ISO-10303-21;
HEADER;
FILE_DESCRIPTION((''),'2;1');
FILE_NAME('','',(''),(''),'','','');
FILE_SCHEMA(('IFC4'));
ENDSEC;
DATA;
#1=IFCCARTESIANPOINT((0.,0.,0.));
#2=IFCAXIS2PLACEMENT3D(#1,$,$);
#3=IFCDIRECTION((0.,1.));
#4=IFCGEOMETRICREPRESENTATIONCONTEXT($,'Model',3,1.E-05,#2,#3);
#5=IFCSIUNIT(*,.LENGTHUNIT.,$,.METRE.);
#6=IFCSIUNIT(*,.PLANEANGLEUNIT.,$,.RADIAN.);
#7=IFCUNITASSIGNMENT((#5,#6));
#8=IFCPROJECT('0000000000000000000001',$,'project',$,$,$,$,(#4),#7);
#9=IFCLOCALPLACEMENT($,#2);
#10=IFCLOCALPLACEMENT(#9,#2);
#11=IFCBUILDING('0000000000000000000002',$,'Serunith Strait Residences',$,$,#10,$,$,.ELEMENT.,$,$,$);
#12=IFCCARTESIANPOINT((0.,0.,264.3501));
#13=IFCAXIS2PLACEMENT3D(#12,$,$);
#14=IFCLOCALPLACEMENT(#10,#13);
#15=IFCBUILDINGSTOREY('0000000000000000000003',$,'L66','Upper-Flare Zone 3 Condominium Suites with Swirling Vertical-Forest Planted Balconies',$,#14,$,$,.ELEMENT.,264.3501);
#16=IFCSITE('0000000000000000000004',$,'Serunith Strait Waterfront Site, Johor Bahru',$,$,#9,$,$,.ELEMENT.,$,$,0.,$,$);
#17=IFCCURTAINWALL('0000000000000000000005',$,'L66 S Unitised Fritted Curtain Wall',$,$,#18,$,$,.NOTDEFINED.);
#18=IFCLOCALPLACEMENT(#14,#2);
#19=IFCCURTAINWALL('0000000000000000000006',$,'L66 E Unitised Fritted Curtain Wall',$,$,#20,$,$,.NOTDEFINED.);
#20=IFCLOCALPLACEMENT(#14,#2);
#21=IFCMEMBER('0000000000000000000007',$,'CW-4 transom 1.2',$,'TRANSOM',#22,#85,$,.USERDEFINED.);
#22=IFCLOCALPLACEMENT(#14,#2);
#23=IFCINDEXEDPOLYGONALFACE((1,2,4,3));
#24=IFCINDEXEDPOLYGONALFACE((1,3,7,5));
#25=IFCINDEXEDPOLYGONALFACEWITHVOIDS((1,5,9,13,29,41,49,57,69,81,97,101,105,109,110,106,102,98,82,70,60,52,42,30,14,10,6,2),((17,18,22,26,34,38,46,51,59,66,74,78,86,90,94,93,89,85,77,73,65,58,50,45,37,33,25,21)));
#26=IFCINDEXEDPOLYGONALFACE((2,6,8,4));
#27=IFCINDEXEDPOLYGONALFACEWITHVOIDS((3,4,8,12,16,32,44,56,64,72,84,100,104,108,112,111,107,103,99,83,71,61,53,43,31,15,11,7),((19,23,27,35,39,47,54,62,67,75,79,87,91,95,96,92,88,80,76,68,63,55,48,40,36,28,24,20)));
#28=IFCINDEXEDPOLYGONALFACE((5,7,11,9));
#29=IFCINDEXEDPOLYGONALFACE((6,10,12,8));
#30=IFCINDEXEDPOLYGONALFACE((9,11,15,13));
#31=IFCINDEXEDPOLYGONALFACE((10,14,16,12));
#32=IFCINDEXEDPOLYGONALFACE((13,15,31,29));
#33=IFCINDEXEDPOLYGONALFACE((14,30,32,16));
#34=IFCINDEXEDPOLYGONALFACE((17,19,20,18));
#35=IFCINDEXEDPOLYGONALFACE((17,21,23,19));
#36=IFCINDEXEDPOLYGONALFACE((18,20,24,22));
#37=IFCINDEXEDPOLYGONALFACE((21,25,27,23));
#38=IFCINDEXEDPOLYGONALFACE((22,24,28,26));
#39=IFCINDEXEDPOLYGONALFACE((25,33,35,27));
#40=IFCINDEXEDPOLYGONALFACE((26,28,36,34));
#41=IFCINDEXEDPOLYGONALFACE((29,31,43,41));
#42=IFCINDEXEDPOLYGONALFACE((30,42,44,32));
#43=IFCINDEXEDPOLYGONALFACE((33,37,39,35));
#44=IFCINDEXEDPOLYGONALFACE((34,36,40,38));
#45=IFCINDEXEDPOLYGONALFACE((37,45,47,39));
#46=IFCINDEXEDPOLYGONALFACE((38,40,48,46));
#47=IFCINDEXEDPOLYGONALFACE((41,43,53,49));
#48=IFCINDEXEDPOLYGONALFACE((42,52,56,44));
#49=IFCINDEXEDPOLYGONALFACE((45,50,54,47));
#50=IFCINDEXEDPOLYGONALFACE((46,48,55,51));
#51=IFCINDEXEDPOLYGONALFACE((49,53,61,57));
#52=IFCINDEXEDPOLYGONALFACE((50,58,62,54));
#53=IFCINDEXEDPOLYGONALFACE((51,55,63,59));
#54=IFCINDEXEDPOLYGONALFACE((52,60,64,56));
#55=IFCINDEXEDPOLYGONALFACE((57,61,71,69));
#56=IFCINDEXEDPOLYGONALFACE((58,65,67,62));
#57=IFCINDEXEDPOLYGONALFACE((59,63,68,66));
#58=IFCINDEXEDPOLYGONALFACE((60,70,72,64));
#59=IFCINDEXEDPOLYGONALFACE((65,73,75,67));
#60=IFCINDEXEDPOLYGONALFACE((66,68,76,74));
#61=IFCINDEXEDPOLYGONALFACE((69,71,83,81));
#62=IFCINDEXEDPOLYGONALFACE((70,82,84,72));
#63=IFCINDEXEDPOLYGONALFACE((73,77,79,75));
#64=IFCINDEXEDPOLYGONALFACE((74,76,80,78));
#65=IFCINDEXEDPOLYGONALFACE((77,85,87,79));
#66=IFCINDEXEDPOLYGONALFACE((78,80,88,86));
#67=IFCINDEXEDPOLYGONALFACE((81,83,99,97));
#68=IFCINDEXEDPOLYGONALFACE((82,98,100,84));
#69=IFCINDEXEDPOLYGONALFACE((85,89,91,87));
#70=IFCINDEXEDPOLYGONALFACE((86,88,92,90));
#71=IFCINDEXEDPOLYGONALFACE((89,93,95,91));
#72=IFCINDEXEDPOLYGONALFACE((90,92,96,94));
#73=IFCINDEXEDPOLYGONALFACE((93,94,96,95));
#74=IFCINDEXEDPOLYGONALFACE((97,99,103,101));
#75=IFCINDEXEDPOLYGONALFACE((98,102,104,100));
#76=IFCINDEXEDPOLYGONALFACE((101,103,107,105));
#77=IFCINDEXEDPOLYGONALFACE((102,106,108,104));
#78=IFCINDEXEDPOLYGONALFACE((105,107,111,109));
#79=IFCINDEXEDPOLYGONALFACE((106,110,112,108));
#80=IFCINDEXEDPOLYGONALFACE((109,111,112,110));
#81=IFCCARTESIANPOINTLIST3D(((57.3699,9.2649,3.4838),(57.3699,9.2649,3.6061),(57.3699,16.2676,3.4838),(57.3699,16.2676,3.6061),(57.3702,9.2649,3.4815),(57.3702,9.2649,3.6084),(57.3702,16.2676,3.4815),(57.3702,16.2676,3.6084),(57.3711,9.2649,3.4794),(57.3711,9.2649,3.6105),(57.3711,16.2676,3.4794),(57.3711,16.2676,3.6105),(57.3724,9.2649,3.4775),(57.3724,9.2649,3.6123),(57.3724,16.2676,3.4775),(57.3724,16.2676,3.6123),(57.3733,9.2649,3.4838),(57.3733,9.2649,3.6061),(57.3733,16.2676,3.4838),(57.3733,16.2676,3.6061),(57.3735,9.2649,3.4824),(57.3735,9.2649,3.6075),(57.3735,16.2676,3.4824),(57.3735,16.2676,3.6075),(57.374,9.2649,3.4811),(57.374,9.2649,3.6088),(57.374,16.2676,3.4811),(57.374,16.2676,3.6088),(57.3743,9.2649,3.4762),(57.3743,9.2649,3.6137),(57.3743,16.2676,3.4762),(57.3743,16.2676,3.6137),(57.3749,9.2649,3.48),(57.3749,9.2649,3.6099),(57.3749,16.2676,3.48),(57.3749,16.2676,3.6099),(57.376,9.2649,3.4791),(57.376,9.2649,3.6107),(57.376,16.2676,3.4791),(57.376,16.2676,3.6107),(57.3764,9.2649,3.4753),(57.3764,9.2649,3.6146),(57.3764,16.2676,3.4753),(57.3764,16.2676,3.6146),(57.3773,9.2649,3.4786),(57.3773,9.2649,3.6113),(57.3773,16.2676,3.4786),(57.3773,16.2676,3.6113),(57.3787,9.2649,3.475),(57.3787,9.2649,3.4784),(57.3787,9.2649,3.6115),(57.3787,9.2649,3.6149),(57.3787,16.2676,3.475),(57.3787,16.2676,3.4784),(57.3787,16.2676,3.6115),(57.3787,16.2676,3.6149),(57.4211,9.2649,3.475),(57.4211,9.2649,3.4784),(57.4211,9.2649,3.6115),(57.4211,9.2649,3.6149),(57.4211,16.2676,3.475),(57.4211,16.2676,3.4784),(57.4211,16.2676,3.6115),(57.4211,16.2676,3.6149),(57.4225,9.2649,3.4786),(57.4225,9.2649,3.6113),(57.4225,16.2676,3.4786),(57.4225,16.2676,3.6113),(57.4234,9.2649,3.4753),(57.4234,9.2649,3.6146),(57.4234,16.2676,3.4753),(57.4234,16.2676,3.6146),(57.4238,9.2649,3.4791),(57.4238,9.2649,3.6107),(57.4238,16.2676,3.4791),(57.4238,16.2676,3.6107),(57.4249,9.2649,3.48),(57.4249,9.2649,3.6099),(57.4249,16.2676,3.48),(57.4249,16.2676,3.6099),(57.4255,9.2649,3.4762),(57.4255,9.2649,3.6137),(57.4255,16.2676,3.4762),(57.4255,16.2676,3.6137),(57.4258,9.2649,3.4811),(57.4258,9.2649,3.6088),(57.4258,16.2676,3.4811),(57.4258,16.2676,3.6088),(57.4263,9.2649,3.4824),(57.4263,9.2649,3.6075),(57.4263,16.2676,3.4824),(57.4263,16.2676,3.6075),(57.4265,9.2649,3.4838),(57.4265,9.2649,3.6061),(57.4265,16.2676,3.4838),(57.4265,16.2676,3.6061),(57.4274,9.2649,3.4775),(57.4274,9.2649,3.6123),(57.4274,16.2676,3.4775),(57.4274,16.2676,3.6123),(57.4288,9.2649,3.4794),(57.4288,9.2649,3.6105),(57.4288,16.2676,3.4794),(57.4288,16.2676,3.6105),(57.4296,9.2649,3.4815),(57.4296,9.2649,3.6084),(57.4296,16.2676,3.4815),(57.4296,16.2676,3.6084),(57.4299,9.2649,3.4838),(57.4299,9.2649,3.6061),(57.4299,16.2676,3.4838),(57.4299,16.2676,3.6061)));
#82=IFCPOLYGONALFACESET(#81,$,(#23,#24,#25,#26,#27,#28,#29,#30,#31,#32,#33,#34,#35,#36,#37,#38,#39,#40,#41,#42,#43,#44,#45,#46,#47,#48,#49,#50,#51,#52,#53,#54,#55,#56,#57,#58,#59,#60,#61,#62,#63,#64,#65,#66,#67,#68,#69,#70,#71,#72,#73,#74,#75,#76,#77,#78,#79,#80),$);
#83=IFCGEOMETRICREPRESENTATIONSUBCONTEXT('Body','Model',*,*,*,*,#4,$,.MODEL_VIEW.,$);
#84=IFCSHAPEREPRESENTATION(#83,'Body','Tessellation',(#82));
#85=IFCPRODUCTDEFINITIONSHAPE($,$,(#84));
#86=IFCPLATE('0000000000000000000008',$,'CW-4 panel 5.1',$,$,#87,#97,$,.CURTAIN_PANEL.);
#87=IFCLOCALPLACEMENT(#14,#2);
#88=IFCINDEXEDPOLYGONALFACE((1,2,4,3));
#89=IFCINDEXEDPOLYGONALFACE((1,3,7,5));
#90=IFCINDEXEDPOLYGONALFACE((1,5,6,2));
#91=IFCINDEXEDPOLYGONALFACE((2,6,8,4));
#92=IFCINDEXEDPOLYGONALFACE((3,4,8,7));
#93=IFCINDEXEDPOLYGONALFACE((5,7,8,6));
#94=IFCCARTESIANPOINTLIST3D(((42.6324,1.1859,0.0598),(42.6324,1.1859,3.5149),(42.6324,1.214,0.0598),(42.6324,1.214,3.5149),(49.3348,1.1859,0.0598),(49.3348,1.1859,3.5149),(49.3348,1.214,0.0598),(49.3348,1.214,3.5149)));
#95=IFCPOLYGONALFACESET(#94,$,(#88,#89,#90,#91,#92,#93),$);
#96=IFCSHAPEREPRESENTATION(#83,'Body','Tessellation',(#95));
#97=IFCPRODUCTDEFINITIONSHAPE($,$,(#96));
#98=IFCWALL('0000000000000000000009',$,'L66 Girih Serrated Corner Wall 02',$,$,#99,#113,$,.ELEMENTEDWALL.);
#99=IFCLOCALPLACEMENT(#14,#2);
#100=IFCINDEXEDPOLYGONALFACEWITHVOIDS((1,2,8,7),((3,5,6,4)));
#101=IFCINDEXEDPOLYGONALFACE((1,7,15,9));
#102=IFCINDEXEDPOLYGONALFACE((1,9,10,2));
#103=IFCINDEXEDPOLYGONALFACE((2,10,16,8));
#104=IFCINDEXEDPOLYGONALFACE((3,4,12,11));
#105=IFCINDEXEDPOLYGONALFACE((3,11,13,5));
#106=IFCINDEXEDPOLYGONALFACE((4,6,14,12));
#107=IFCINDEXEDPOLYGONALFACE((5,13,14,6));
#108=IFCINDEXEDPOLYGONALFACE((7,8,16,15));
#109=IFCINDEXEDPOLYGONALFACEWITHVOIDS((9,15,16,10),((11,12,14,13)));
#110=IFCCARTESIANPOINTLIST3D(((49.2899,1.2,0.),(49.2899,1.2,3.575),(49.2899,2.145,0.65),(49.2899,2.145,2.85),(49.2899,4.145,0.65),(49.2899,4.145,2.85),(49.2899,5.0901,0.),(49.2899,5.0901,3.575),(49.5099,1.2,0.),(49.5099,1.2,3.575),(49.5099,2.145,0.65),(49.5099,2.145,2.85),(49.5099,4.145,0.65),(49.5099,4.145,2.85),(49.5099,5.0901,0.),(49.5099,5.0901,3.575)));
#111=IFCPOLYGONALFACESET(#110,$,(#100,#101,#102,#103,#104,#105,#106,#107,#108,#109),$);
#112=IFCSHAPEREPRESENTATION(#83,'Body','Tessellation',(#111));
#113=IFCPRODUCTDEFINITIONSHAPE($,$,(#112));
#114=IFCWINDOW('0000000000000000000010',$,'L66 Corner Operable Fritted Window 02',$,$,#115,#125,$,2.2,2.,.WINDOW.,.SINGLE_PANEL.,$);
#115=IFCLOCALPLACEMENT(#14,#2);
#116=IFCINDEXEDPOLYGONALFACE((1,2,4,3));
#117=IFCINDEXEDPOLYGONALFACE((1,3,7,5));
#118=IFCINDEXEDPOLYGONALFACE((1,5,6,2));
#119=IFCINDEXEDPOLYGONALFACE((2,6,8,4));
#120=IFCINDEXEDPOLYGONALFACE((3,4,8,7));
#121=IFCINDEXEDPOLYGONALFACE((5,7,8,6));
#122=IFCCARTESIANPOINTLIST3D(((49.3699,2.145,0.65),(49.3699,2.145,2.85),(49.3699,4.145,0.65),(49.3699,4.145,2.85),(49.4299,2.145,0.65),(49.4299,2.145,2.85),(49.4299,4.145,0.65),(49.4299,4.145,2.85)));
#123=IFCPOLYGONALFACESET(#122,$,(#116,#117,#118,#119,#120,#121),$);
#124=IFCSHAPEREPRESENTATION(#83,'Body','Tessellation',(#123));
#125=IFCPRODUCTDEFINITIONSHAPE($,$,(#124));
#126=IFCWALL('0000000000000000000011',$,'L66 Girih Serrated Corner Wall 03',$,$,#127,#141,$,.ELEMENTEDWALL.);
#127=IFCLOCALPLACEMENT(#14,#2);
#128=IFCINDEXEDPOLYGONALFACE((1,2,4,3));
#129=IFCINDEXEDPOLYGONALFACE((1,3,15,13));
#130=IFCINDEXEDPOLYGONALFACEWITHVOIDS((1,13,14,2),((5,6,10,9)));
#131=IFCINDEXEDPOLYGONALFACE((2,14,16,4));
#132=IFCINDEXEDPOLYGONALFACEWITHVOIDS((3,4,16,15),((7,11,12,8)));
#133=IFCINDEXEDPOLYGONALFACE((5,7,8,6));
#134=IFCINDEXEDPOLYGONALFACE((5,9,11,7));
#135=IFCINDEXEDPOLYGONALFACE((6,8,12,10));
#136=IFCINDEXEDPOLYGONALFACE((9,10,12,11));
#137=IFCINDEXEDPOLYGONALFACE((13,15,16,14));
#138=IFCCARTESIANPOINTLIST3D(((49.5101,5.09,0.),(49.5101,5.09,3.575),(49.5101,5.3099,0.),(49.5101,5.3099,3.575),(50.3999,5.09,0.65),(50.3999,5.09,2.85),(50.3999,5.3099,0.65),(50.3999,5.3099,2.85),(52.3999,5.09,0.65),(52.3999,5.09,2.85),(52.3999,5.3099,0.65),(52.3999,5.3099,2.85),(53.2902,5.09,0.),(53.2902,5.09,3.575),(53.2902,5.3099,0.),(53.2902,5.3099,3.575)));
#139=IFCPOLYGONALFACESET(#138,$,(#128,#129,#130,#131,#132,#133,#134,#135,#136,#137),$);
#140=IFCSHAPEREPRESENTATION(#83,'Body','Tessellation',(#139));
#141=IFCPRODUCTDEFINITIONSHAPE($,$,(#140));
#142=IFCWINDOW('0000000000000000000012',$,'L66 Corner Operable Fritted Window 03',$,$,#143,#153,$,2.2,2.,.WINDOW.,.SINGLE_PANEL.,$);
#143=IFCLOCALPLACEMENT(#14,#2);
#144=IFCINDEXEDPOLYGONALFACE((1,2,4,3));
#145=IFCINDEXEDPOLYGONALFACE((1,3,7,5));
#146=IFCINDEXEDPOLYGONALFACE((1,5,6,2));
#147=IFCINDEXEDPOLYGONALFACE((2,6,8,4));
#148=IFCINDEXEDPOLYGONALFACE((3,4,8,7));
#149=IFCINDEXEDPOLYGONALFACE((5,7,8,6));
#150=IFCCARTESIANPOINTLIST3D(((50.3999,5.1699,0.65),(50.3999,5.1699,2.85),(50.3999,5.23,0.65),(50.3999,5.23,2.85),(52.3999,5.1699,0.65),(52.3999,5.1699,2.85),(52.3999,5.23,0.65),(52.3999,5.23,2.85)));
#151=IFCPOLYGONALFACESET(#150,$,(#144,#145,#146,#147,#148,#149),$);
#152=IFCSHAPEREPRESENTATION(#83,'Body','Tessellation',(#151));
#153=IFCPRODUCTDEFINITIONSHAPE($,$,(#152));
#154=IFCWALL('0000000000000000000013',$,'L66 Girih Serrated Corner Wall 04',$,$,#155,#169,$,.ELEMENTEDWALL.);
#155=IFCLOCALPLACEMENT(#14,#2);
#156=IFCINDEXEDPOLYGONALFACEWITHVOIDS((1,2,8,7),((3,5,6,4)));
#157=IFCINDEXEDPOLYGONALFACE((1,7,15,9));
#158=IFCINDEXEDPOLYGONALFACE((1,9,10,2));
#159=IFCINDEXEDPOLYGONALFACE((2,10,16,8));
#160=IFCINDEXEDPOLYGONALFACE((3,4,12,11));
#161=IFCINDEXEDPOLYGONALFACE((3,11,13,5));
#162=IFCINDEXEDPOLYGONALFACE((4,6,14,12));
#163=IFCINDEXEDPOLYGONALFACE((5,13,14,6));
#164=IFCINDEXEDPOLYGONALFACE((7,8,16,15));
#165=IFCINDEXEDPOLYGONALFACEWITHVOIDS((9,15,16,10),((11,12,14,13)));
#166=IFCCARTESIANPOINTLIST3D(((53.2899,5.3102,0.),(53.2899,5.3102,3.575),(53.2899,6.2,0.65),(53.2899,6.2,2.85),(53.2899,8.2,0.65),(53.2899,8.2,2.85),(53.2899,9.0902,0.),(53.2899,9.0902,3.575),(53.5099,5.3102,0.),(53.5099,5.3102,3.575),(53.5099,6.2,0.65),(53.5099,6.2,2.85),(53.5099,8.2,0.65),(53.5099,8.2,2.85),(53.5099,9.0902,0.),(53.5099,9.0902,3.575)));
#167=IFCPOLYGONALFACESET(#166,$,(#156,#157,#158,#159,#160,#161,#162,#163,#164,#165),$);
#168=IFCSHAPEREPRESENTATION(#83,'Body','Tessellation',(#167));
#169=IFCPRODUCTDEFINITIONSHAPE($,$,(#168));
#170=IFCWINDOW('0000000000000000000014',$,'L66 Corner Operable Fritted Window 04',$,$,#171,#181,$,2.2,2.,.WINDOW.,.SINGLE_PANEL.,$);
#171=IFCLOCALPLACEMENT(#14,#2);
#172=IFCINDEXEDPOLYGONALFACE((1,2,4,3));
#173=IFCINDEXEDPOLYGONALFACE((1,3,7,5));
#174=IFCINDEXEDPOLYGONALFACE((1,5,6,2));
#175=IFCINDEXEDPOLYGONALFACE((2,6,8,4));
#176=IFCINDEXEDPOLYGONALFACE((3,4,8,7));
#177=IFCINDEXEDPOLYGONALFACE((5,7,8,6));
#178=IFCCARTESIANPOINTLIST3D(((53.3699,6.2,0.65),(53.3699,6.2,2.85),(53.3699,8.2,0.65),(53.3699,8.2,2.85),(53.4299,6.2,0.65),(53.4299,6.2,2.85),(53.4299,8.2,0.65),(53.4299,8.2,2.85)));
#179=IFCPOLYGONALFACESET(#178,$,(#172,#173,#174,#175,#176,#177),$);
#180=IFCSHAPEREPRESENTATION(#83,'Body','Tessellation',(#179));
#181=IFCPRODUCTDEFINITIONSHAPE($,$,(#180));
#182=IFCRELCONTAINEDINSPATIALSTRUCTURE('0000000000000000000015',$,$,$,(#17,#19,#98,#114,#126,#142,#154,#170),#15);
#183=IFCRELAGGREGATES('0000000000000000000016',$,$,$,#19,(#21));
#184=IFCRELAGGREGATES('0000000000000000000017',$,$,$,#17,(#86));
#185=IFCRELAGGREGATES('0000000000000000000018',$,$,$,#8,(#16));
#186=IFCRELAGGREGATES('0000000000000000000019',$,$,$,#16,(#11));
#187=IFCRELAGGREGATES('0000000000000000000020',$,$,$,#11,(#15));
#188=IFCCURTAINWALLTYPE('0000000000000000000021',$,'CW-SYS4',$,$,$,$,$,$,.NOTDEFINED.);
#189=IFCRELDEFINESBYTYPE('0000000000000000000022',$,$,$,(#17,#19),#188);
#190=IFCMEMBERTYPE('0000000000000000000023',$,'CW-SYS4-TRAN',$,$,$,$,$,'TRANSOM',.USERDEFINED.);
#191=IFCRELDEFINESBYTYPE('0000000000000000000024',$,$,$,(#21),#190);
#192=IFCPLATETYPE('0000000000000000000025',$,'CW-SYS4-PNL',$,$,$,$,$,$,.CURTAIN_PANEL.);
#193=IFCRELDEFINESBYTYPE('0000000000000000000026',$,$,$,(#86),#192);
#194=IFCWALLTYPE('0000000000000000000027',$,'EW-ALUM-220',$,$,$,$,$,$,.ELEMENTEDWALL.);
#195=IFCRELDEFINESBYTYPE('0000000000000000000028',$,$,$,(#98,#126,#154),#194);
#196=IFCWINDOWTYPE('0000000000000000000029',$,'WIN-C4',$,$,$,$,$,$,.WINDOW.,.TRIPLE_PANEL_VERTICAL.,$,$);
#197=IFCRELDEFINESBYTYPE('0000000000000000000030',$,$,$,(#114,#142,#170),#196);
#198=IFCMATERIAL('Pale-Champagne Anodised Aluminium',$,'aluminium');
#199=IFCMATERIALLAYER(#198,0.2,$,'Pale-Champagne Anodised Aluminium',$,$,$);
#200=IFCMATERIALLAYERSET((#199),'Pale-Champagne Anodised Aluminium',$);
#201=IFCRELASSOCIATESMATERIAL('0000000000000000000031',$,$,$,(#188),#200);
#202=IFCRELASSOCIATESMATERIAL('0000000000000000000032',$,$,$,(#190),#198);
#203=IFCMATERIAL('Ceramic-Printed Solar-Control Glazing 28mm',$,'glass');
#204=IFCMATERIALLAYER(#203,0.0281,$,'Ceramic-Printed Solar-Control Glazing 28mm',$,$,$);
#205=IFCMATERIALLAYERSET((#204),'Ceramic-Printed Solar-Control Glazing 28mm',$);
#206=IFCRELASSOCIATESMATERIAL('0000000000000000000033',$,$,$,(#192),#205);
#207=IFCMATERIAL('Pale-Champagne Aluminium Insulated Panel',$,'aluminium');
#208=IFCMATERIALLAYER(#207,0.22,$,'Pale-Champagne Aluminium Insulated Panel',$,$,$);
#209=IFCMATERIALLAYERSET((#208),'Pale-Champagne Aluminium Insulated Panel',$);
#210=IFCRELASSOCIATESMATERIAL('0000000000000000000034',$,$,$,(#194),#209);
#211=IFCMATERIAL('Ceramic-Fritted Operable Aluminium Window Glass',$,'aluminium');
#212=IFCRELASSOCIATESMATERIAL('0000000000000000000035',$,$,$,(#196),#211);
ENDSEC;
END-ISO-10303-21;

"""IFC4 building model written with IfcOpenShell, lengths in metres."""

from ifc_helpers import new_model, si_unit, direction, frame, frame_2d, origin, origin_2d, place, context, subcontext, project, spatial, rectangle, hollow_rectangle, extrude, source, transform, mapped, material, layer, layer_set, material_profile, profile_set, type_object, element, fill, aggregate, save


model = new_model("IFC4")

# Units and contexts
model_context = context("Model", 3, precision=1e-05, world=origin(), true_north=direction((0.0, 1.0)))
body_context = subcontext(model_context, "Body", "Model", "MODEL_VIEW")
ifc_project = project(units=[si_unit("LENGTHUNIT", "METRE"), si_unit("PLANEANGLEUNIT", "RADIAN")], contexts=[model_context])

# Site, building, storey
site_placement = place(None, origin())
site = spatial("IfcSite", under=ifc_project, at=site_placement, Name="Serunith Strait Waterfront Site, Johor Bahru", CompositionType="ELEMENT", RefElevation=0.0)
building_placement = place(site_placement, origin())
building = spatial("IfcBuilding", under=site, at=building_placement, Name="Serunith Strait Residences", CompositionType="ELEMENT")
storey_placement = place(building_placement, frame((0.0, 0.0, 264.3501)))
storey = spatial("IfcBuildingStorey", under=building, at=storey_placement, Name="L66", Description="Upper-Flare Zone 3 Condominium Suites with Swirling Vertical-Forest Planted Balconies", CompositionType="ELEMENT", Elevation=264.3501)

# Curtain wall
ifc_material_1 = material(Name="Pale-Champagne Anodised Aluminium", Category="aluminium")
ifc_layer_1 = layer(ifc_material_1, 0.2, Name="Pale-Champagne Anodised Aluminium")
ifc_layer_set_1 = layer_set([ifc_layer_1], Name="Pale-Champagne Anodised Aluminium")
curtain_wall_type = type_object("IfcCurtainWallType", Name="CW-SYS4", PredefinedType="NOTDEFINED", material=ifc_layer_set_1)
curtain_wall_1_placement = place(storey_placement, origin())
curtain_wall_1 = element("IfcCurtainWall", 1, at=curtain_wall_1_placement, inside=storey, type_object=curtain_wall_type, Name="L66 S Unitised Fritted Curtain Wall", PredefinedType="NOTDEFINED")

# Curtain wall
curtain_wall_2_placement = place(storey_placement, origin())
curtain_wall_2 = element("IfcCurtainWall", 2, at=curtain_wall_2_placement, inside=storey, type_object=curtain_wall_type, Name="L66 E Unitised Fritted Curtain Wall", PredefinedType="NOTDEFINED")

# Member
ifc_material_profile_1 = material_profile(ifc_material_1, hollow_rectangle(XDim=0.0601, YDim=0.1399, WallThickness=0.0034, InnerFilletRadius=0.0054, OuterFilletRadius=0.0088, at=origin_2d()), Name="ALU 140x60x3.5")
ifc_profile_set_1 = profile_set([ifc_material_profile_1], Name="Pale-Champagne Anodised Aluminium")
member_type_1 = type_object("IfcMemberType", Name="CW-SYS4-TRAN", ElementType="TRANSOM", PredefinedType="USERDEFINED", material=ifc_profile_set_1)
shared_shape_1 = source(origin(), body_context, "Body", "SweptSolid", [
    extrude(hollow_rectangle(XDim=0.0601, YDim=0.1399, WallThickness=0.0034, InnerFilletRadius=0.0054, OuterFilletRadius=0.0088, at=origin_2d()), origin(), (0.0, 0.0, 1.0), 7.0027),
])
member_1_placement = place(storey_placement, frame((57.3999, 9.2649, 3.5449), z_axis=(0.0, 1.0, 0.0), x_axis=(-1.0, 0.0, 0.0)))
member_1 = element("IfcMember", 3, at=member_1_placement, type_object=member_type_1, Name="CW-4 transom 1.2", ObjectType="TRANSOM", PredefinedType="USERDEFINED", context=body_context, shape_type="MappedRepresentation", body=[
    mapped(shared_shape_1, transform((0.0, 0.0, 0.0), scale=1.0)),
])
aggregate(curtain_wall_2, [member_1])

# Plate
ifc_material_2 = material(Name="Ceramic-Printed Solar-Control Glazing 28mm", Category="glass")
ifc_layer_2 = layer(ifc_material_2, 0.0281, Name="Ceramic-Printed Solar-Control Glazing 28mm")
ifc_layer_set_2 = layer_set([ifc_layer_2], Name="Ceramic-Printed Solar-Control Glazing 28mm")
plate_type = type_object("IfcPlateType", Name="CW-SYS4-PNL", PredefinedType="CURTAIN_PANEL", material=ifc_layer_set_2)
shared_shape_2 = source(origin(), body_context, "Body", "SweptSolid", [
    extrude(rectangle(XDim=6.7024, YDim=0.0281, at=origin_2d()), origin(), (0.0, 0.0, 1.0), 3.4551),
])
plate_placement = place(storey_placement, frame((45.9836, 1.2, 0.0598), z_axis=(0.0, 0.0, 1.0), x_axis=(1.0, 0.0, 0.0)))
plate = element("IfcPlate", 4, at=plate_placement, type_object=plate_type, Name="CW-4 panel 5.1", PredefinedType="CURTAIN_PANEL", context=body_context, shape_type="MappedRepresentation", body=[
    mapped(shared_shape_2, transform((0.0, 0.0, 0.0), scale=1.0)),
])
aggregate(curtain_wall_1, [plate])

# Walls, openings, windows
ifc_material_3 = material(Name="Pale-Champagne Aluminium Insulated Panel", Category="aluminium")
ifc_layer_3 = layer(ifc_material_3, 0.22, Name="Pale-Champagne Aluminium Insulated Panel")
ifc_layer_set_3 = layer_set([ifc_layer_3], Name="Pale-Champagne Aluminium Insulated Panel")
wall_type = type_object("IfcWallType", Name="EW-ALUM-220", PredefinedType="ELEMENTEDWALL", material=ifc_layer_set_3)
wall_1_placement = place(storey_placement, frame((49.3999, 1.2, 0.0), z_axis=(0.0, 0.0, 1.0), x_axis=(0.0, 1.0, 0.0)))
wall_1 = element("IfcWall", 5, at=wall_1_placement, inside=storey, type_object=wall_type, Name="L66 Girih Serrated Corner Wall 02", PredefinedType="ELEMENTEDWALL", context=body_context, shape_type="SweptSolid", body=[
    extrude(rectangle(XDim=3.8901, YDim=0.22, at=frame_2d((1.9451, 0.0))), origin(), (0.0, 0.0, 1.0), 3.575),
])
opening_1_placement = place(wall_1_placement, frame((0.9451, 0.0, 0.6499)))
opening_1 = element("IfcOpeningElement", 6, at=opening_1_placement, cuts=wall_1, PredefinedType="OPENING", context=body_context, shape_type="SweptSolid", body=[
    extrude(rectangle(XDim=2.0, YDim=2.2, at=frame_2d((1.0, 1.1001))), frame((0.0, 0.1201, 0.0), z_axis=(0.0, -1.0, 0.0), x_axis=(1.0, 0.0, 0.0)), (0.0, 0.0, 1.0), 0.24),
])
ifc_material_4 = material(Name="Ceramic-Fritted Operable Aluminium Window Glass", Category="aluminium")
window_type = type_object("IfcWindowType", Name="WIN-C4", PartitioningType="TRIPLE_PANEL_VERTICAL", PredefinedType="WINDOW", material=ifc_material_4)
shared_shape_3 = source(origin(), body_context, "Body", "SweptSolid", [
    extrude(rectangle(XDim=2.0, YDim=2.2, at=frame_2d((1.0, 1.1001))), frame((0.0, 0.03, 0.0), z_axis=(0.0, -1.0, 0.0), x_axis=(1.0, 0.0, 0.0)), (0.0, 0.0, 1.0), 0.0601),
])
window_1_placement = place(opening_1_placement, origin())
window_1 = element("IfcWindow", 7, at=window_1_placement, inside=storey, type_object=window_type, Name="L66 Corner Operable Fritted Window 02", OverallHeight=2.2, OverallWidth=2.0, PartitioningType="SINGLE_PANEL", PredefinedType="WINDOW", context=body_context, shape_type="MappedRepresentation", body=[
    mapped(shared_shape_3, transform((0.0, 0.0, 0.0), scale=1.0)),
])
fill(opening_1, window_1)
wall_2_placement = place(storey_placement, frame((49.51, 5.2, 0.0), z_axis=(0.0, 0.0, 1.0), x_axis=(1.0, 0.0, 0.0)))
wall_2 = element("IfcWall", 8, at=wall_2_placement, inside=storey, type_object=wall_type, Name="L66 Girih Serrated Corner Wall 03", PredefinedType="ELEMENTEDWALL", context=body_context, shape_type="SweptSolid", body=[
    extrude(rectangle(XDim=3.78, YDim=0.22, at=frame_2d((1.8901, 0.0))), origin(), (0.0, 0.0, 1.0), 3.575),
])
opening_2_placement = place(wall_2_placement, frame((0.8899, 0.0, 0.6499)))
opening_2 = element("IfcOpeningElement", 9, at=opening_2_placement, cuts=wall_2, PredefinedType="OPENING", context=body_context, shape_type="SweptSolid", body=[
    extrude(rectangle(XDim=2.0, YDim=2.2, at=frame_2d((1.0, 1.1001))), frame((0.0, 0.1201, 0.0), z_axis=(0.0, -1.0, 0.0), x_axis=(1.0, 0.0, 0.0)), (0.0, 0.0, 1.0), 0.24),
])
window_2_placement = place(opening_2_placement, origin())
window_2 = element("IfcWindow", 10, at=window_2_placement, inside=storey, type_object=window_type, Name="L66 Corner Operable Fritted Window 03", OverallHeight=2.2, OverallWidth=2.0, PartitioningType="SINGLE_PANEL", PredefinedType="WINDOW", context=body_context, shape_type="MappedRepresentation", body=[
    mapped(shared_shape_3, transform((0.0, 0.0, 0.0), scale=1.0)),
])
fill(opening_2, window_2)
wall_3_placement = place(storey_placement, frame((53.3999, 5.3101, 0.0), z_axis=(0.0, 0.0, 1.0), x_axis=(0.0, 1.0, 0.0)))
wall_3 = element("IfcWall", 11, at=wall_3_placement, inside=storey, type_object=wall_type, Name="L66 Girih Serrated Corner Wall 04", PredefinedType="ELEMENTEDWALL", context=body_context, shape_type="SweptSolid", body=[
    extrude(rectangle(XDim=3.78, YDim=0.22, at=frame_2d((1.8901, 0.0))), origin(), (0.0, 0.0, 1.0), 3.575),
])
opening_3_placement = place(wall_3_placement, frame((0.8899, 0.0, 0.6499)))
opening_3 = element("IfcOpeningElement", 12, at=opening_3_placement, cuts=wall_3, PredefinedType="OPENING", context=body_context, shape_type="SweptSolid", body=[
    extrude(rectangle(XDim=2.0, YDim=2.2, at=frame_2d((1.0, 1.1001))), frame((0.0, 0.1201, 0.0), z_axis=(0.0, -1.0, 0.0), x_axis=(1.0, 0.0, 0.0)), (0.0, 0.0, 1.0), 0.24),
])
window_3_placement = place(opening_3_placement, origin())
window_3 = element("IfcWindow", 13, at=window_3_placement, inside=storey, type_object=window_type, Name="L66 Corner Operable Fritted Window 04", OverallHeight=2.2, OverallWidth=2.0, PartitioningType="SINGLE_PANEL", PredefinedType="WINDOW", context=body_context, shape_type="MappedRepresentation", body=[
    mapped(shared_shape_3, transform((0.0, 0.0, 0.0), scale=1.0)),
])
fill(opening_3, window_3)

save(model, "model.ifc")
